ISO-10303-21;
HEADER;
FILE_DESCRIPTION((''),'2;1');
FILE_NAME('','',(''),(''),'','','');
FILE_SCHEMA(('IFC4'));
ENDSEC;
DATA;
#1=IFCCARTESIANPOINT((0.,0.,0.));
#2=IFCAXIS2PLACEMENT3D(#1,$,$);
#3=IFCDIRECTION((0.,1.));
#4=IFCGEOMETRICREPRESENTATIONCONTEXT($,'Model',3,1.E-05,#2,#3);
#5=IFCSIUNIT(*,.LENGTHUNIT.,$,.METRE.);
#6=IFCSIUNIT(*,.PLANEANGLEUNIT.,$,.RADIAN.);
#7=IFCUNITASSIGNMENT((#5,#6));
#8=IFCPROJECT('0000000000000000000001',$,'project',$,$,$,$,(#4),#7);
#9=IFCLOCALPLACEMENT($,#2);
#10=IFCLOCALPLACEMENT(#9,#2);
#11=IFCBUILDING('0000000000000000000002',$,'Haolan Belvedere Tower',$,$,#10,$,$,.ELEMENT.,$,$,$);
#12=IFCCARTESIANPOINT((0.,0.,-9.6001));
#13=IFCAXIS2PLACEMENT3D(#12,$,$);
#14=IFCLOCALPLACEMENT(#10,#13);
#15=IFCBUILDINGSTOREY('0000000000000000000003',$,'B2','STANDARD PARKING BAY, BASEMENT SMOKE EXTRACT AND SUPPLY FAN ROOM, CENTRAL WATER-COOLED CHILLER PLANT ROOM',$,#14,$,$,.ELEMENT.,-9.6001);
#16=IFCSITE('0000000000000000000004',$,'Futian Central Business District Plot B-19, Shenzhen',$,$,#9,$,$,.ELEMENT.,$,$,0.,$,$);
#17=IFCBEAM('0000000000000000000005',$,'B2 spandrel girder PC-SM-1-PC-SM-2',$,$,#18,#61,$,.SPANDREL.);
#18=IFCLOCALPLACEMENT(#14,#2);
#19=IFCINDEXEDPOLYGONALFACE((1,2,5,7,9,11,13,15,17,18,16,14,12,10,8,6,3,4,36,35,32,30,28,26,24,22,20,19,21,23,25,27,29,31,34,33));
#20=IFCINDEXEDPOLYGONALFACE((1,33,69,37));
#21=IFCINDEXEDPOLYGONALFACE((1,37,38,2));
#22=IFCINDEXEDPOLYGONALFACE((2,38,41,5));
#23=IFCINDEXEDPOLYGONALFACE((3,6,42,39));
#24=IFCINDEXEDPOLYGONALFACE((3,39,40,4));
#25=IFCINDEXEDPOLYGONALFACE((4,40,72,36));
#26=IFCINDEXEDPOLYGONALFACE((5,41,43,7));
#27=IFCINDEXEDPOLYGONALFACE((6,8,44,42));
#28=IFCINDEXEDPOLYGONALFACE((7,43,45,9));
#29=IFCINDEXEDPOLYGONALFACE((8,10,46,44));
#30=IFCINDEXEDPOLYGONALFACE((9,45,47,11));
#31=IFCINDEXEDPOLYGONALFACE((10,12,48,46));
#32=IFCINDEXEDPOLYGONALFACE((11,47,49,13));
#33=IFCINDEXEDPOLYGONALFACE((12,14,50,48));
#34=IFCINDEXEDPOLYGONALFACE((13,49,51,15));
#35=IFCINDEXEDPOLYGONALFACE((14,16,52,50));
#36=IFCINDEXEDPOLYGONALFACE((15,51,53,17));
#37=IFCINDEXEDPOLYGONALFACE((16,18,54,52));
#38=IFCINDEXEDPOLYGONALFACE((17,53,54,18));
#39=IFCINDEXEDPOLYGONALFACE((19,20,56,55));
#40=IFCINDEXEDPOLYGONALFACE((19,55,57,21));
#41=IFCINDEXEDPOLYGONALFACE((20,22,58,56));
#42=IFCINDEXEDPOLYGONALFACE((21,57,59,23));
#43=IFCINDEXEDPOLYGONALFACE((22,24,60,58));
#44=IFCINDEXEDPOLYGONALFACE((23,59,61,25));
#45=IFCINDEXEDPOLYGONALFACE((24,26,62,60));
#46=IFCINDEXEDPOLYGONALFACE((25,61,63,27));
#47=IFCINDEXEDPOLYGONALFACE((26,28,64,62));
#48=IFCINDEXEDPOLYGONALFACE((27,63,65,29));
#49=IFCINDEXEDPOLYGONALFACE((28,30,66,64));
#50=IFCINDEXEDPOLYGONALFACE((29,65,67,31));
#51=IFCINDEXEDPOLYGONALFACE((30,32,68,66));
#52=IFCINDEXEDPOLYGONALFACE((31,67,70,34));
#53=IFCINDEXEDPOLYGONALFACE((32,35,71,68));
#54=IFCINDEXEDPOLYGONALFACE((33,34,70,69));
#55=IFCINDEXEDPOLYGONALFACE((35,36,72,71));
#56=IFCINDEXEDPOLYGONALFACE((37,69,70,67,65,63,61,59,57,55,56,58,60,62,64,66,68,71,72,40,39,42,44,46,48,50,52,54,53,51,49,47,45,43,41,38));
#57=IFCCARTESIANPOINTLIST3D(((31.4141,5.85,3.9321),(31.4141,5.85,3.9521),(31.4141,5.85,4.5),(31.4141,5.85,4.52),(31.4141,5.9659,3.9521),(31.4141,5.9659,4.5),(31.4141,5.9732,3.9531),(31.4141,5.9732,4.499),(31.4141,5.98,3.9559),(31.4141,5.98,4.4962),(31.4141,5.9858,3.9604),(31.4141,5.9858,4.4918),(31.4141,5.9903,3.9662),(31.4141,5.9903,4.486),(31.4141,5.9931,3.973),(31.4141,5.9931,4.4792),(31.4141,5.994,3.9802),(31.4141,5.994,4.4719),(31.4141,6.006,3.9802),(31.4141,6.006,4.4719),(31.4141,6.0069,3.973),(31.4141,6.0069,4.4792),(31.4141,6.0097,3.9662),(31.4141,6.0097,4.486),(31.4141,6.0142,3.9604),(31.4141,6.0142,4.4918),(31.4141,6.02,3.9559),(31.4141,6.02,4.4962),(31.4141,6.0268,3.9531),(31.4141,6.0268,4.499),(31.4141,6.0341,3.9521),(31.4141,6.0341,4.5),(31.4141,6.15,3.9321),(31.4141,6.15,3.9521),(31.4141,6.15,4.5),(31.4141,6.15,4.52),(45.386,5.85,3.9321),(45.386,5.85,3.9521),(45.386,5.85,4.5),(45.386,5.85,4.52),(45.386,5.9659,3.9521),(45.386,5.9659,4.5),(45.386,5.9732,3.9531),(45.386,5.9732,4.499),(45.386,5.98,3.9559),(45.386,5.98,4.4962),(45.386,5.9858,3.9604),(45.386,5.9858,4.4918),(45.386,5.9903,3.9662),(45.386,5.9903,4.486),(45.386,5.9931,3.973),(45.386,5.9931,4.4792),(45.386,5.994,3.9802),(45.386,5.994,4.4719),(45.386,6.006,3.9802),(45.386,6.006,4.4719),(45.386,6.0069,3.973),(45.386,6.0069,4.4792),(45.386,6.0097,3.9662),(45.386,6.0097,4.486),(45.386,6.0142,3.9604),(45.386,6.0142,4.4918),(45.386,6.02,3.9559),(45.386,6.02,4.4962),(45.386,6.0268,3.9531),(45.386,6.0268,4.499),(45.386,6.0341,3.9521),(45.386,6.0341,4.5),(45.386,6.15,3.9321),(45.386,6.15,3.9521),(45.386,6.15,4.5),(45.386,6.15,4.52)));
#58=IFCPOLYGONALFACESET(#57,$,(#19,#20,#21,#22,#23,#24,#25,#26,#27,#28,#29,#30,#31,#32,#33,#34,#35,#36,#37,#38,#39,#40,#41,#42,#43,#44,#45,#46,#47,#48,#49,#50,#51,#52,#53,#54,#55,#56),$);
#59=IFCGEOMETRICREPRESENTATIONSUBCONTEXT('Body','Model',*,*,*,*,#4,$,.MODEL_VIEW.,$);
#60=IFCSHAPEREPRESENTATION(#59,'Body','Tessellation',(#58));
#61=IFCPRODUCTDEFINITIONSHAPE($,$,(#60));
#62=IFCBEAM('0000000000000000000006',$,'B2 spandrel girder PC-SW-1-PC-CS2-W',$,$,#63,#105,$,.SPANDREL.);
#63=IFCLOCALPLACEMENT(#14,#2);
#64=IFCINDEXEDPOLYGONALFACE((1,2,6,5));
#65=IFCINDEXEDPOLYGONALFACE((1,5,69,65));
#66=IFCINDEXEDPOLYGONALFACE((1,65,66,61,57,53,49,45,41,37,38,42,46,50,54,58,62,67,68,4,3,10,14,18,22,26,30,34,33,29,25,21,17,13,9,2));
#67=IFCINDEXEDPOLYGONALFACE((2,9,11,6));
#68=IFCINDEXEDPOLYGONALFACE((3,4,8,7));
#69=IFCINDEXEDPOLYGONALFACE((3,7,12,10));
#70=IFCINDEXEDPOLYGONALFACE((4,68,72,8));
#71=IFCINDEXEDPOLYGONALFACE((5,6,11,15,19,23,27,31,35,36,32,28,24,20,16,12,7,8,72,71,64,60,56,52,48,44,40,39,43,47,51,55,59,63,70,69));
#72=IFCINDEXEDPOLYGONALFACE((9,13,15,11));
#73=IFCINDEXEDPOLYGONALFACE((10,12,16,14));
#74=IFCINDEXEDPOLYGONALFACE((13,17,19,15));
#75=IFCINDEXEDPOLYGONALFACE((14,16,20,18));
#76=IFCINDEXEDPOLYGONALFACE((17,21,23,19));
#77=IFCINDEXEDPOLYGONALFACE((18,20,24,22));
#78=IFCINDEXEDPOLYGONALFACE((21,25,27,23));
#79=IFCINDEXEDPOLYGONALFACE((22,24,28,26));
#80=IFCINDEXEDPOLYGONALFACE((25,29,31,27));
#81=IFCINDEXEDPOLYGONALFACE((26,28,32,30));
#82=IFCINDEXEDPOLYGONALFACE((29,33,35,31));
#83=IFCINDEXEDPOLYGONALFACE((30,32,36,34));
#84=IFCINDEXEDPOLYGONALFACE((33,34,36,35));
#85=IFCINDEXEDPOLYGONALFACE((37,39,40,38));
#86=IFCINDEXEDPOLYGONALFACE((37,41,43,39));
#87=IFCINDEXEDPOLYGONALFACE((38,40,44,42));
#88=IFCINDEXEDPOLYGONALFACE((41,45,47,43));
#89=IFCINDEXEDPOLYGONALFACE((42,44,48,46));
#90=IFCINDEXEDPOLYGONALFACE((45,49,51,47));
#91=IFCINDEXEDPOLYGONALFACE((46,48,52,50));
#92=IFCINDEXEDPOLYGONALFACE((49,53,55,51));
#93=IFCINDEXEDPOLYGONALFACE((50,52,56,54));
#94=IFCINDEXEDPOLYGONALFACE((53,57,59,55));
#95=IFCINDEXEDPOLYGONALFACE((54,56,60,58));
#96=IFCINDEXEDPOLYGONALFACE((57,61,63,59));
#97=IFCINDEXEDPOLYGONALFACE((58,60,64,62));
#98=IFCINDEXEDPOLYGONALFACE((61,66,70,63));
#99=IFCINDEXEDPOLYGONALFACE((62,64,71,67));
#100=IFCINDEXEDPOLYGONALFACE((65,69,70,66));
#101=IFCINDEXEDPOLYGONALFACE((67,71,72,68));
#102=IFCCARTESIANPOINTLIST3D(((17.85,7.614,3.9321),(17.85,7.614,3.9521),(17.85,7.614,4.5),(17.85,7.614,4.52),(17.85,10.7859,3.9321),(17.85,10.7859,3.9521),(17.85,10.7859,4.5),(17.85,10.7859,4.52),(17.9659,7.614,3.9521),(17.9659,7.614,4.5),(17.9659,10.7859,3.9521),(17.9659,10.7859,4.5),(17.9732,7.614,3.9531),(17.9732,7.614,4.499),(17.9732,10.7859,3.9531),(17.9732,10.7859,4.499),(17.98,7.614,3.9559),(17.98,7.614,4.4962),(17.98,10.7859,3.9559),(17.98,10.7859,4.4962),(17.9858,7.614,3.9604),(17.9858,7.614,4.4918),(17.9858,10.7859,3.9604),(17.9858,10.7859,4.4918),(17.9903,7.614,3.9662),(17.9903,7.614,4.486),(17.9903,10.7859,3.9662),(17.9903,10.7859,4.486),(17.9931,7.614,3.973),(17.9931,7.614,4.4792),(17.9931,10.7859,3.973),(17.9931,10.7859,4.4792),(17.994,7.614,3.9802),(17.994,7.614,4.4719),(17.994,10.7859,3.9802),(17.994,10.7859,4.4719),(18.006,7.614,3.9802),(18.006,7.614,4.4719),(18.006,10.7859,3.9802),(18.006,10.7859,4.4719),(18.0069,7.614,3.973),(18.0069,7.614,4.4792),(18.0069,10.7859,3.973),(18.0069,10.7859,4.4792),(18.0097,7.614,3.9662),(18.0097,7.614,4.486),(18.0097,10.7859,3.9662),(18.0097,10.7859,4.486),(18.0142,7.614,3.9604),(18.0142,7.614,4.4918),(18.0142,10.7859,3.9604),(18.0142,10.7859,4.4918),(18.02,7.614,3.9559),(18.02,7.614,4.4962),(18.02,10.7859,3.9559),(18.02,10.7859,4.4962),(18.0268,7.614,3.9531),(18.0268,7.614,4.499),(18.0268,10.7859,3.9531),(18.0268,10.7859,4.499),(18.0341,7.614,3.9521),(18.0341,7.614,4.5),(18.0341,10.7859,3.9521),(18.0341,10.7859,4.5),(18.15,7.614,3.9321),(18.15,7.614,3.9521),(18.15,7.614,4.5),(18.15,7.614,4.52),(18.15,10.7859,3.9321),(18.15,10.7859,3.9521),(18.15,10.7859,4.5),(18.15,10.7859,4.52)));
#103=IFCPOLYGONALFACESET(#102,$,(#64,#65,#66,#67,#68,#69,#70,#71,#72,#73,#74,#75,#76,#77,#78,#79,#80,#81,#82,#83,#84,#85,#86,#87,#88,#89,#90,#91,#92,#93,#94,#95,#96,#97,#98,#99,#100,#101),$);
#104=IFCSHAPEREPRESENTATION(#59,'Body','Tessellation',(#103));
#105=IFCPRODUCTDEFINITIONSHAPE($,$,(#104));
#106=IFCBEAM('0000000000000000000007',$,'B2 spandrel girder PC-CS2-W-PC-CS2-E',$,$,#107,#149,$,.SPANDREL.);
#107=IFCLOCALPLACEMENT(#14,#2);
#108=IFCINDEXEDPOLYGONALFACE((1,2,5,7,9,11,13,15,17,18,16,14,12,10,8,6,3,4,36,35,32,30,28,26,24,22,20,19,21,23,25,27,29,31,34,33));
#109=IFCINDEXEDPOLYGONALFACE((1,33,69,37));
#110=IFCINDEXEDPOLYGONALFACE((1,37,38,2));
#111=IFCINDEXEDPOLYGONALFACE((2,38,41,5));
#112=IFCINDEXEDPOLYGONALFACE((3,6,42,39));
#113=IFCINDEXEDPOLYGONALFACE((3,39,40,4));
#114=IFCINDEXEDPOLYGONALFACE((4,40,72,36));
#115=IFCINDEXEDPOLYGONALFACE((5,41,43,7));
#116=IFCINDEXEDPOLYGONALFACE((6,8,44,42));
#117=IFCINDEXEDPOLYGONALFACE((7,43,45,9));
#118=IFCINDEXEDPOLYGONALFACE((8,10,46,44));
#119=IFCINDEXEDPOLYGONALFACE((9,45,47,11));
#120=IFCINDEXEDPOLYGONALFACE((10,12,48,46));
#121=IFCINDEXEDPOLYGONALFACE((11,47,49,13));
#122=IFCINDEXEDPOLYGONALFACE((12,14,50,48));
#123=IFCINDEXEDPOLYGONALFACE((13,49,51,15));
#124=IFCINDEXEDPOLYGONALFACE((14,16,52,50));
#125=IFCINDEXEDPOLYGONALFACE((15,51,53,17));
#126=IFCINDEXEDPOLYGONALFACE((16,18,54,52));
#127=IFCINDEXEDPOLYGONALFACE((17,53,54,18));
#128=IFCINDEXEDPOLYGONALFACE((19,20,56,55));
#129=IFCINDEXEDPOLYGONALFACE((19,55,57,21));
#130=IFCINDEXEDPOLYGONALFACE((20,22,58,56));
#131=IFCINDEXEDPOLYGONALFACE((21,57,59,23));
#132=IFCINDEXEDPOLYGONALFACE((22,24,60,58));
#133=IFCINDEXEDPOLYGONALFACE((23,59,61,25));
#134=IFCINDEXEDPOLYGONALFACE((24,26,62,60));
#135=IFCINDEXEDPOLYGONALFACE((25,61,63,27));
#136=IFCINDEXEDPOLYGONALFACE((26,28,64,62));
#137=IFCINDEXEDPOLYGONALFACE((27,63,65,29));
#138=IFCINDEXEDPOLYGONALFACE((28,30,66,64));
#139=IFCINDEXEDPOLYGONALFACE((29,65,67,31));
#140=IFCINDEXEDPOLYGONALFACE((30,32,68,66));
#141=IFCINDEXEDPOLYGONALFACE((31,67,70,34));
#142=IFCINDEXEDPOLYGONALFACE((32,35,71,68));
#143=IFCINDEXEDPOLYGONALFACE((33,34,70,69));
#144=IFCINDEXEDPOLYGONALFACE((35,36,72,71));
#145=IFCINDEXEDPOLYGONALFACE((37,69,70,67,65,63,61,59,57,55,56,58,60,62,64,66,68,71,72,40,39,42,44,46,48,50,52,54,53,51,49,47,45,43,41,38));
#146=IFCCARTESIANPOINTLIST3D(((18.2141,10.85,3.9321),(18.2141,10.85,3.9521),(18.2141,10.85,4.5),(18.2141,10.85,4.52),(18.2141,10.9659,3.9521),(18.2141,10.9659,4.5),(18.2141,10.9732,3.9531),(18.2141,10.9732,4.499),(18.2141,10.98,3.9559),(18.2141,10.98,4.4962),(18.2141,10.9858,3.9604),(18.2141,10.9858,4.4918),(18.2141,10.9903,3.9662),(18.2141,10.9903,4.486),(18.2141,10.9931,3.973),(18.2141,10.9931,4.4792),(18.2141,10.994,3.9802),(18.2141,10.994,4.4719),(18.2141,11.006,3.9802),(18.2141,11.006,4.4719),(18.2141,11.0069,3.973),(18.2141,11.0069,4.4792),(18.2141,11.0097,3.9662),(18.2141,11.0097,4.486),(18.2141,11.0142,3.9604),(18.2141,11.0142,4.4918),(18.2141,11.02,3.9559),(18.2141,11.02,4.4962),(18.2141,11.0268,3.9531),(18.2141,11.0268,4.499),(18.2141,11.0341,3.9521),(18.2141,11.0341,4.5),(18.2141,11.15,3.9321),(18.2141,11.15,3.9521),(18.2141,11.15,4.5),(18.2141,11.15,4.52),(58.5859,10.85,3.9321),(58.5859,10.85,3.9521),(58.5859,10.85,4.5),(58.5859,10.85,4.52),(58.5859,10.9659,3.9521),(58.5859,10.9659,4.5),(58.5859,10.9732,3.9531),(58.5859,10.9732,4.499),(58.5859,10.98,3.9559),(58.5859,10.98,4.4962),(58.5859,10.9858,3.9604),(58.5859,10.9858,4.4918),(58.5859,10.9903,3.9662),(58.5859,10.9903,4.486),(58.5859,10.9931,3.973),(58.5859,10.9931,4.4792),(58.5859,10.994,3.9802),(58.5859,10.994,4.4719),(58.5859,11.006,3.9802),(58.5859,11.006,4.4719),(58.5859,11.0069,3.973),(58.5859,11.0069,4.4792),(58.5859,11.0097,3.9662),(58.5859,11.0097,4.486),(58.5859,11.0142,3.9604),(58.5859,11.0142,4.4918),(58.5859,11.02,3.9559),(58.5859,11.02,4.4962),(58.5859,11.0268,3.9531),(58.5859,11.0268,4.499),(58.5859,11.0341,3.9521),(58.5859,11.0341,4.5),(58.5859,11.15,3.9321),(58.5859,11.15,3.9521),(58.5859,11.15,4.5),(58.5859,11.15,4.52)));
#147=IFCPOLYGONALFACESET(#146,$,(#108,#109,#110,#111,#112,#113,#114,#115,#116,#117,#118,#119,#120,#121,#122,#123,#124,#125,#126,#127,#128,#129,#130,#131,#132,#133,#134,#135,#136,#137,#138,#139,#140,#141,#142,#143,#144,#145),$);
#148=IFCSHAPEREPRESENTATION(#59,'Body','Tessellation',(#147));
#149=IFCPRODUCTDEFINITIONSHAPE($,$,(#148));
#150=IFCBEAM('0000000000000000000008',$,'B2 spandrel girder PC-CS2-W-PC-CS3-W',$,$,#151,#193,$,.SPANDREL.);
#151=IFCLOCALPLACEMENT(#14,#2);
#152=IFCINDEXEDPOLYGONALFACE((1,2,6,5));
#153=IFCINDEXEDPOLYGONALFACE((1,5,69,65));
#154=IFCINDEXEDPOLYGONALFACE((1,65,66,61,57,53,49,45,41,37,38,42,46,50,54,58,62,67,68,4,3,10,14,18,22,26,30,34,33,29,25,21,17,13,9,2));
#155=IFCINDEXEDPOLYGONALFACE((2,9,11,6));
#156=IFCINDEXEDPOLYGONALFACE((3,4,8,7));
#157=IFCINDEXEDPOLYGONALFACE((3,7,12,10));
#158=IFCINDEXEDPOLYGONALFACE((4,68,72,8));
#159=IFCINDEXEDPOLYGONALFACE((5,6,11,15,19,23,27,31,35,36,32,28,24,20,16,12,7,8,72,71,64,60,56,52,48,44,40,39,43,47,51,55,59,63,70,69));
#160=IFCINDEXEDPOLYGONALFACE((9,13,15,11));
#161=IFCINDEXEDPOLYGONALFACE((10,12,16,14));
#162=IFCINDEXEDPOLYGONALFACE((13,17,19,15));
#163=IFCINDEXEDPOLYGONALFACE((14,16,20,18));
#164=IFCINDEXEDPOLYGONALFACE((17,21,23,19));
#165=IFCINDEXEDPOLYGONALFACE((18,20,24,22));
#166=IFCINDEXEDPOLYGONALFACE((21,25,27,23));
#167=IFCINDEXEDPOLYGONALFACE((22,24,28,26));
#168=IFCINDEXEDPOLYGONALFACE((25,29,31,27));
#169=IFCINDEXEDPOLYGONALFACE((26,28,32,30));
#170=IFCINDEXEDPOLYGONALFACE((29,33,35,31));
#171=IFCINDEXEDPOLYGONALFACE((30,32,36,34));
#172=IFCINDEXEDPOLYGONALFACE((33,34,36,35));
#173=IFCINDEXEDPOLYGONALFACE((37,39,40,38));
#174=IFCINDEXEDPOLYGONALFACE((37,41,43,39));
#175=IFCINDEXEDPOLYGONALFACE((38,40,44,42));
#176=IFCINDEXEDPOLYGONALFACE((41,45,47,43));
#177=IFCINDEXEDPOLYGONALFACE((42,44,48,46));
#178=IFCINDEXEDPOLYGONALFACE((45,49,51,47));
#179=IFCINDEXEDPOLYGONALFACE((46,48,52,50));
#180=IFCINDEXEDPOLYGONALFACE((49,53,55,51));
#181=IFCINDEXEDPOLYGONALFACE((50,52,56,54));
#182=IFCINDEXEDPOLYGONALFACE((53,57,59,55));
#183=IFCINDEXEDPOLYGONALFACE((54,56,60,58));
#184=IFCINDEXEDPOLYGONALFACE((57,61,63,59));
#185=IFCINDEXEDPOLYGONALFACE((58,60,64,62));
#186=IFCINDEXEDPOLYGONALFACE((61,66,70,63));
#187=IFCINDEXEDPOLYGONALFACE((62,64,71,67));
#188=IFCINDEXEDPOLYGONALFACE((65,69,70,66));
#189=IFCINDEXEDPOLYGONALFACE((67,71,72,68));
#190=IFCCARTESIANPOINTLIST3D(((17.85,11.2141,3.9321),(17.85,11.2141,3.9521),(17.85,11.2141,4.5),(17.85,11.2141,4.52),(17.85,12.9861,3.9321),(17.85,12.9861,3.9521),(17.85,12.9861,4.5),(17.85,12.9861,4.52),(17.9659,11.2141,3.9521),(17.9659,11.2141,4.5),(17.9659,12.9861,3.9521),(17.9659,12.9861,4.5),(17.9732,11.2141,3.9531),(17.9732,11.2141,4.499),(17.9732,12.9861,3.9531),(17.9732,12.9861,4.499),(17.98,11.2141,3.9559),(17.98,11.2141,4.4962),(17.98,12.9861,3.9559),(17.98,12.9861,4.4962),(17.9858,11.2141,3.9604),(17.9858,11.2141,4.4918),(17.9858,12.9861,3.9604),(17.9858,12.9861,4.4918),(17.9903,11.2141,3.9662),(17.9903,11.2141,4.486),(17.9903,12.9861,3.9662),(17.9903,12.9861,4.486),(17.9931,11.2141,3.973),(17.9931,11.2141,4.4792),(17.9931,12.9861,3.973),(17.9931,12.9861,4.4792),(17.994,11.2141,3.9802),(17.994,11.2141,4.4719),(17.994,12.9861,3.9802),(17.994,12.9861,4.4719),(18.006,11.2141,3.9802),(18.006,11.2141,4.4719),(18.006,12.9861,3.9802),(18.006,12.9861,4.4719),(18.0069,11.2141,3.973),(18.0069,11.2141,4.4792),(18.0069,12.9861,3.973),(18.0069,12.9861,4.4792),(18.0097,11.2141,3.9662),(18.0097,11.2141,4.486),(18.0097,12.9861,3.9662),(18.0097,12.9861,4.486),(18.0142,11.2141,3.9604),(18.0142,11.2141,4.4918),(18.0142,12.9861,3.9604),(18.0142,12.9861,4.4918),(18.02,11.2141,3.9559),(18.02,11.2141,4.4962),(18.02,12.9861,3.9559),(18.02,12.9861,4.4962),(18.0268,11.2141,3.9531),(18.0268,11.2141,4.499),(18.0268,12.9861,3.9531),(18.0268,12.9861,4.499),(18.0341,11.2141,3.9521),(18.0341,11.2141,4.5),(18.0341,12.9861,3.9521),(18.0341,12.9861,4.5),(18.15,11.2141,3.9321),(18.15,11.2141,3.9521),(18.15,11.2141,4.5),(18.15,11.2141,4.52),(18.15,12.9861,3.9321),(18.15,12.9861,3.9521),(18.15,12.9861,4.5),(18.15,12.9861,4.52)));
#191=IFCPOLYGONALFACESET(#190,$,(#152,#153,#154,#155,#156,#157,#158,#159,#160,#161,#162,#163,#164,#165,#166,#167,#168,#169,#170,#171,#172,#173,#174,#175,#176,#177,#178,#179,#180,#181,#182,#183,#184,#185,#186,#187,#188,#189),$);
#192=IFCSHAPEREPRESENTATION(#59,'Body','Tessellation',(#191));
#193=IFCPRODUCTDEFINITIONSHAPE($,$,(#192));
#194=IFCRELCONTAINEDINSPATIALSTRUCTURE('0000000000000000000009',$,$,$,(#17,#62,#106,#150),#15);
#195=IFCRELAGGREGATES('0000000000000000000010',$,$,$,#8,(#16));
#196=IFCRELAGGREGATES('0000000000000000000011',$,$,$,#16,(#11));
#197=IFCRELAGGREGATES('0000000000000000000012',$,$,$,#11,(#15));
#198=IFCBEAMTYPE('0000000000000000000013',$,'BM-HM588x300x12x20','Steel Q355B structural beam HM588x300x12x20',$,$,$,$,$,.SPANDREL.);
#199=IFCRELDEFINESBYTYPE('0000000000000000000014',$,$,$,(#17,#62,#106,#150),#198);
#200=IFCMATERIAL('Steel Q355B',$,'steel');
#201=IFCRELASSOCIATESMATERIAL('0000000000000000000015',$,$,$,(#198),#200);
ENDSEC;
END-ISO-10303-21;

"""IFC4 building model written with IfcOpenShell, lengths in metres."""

from ifc_helpers import new_model, si_unit, direction, frame, origin, origin_2d, place, context, subcontext, project, spatial, i_section, extrude, material, material_profile, profile_set, type_object, element, save


model = new_model("IFC4")

# Units and contexts
model_context = context("Model", 3, precision=1e-05, world=origin(), true_north=direction((0.0, 1.0)))
body_context = subcontext(model_context, "Body", "Model", "MODEL_VIEW")
ifc_project = project(units=[si_unit("LENGTHUNIT", "METRE"), si_unit("PLANEANGLEUNIT", "RADIAN")], contexts=[model_context])

# Site, building, storey
site_placement = place(None, origin())
site = spatial("IfcSite", under=ifc_project, at=site_placement, Name="Futian Central Business District Plot B-19, Shenzhen", CompositionType="ELEMENT", RefElevation=0.0)
building_placement = place(site_placement, origin())
building = spatial("IfcBuilding", under=site, at=building_placement, Name="Haolan Belvedere Tower", CompositionType="ELEMENT")
storey_placement = place(building_placement, frame((0.0, 0.0, -9.6001)))
storey = spatial("IfcBuildingStorey", under=building, at=storey_placement, Name="B2", Description="STANDARD PARKING BAY, BASEMENT SMOKE EXTRACT AND SUPPLY FAN ROOM, CENTRAL WATER-COOLED CHILLER PLANT ROOM", CompositionType="ELEMENT", Elevation=-9.6001)

# Beams
ifc_material_1 = material(Name="Steel Q355B", Category="steel")
ifc_material_profile_1 = material_profile(ifc_material_1, i_section(OverallWidth=0.3, OverallDepth=0.5879, WebThickness=0.012, FlangeThickness=0.02, FilletRadius=0.0281, at=origin_2d()), Name="Steel Q355B")
ifc_profile_set_1 = profile_set([ifc_material_profile_1], Name="Steel Q355B")
beam_type = type_object("IfcBeamType", Name="BM-HM588x300x12x20", Description="Steel Q355B structural beam HM588x300x12x20", PredefinedType="SPANDREL", material=ifc_profile_set_1)
beam_1_placement = place(storey_placement, frame((31.4141, 6.0, 4.2261), z_axis=(1.0, 0.0, 0.0), x_axis=(0.0, 1.0, 0.0)))
element("IfcBeam", 1, at=beam_1_placement, inside=storey, type_object=beam_type, Name="B2 spandrel girder PC-SM-1-PC-SM-2", PredefinedType="SPANDREL", context=body_context, shape_type="SweptSolid", body=[
    extrude(i_section(OverallWidth=0.3, OverallDepth=0.5879, WebThickness=0.012, FlangeThickness=0.02, FilletRadius=0.0281, at=origin_2d()), origin(), (0.0, 0.0, 1.0), 13.9719),
])
beam_2_placement = place(storey_placement, frame((18.0, 7.614, 4.2261), z_axis=(0.0, 1.0, 0.0), x_axis=(-1.0, 0.0, 0.0)))
element("IfcBeam", 2, at=beam_2_placement, inside=storey, type_object=beam_type, Name="B2 spandrel girder PC-SW-1-PC-CS2-W", PredefinedType="SPANDREL", context=body_context, shape_type="SweptSolid", body=[
    extrude(i_section(OverallWidth=0.3, OverallDepth=0.5879, WebThickness=0.012, FlangeThickness=0.02, FilletRadius=0.0281, at=origin_2d()), origin(), (0.0, 0.0, 1.0), 3.1719),
])
beam_3_placement = place(storey_placement, frame((18.2141, 11.0, 4.2261), z_axis=(1.0, 0.0, 0.0), x_axis=(0.0, 1.0, 0.0)))
element("IfcBeam", 3, at=beam_3_placement, inside=storey, type_object=beam_type, Name="B2 spandrel girder PC-CS2-W-PC-CS2-E", PredefinedType="SPANDREL", context=body_context, shape_type="SweptSolid", body=[
    extrude(i_section(OverallWidth=0.3, OverallDepth=0.5879, WebThickness=0.012, FlangeThickness=0.02, FilletRadius=0.0281, at=origin_2d()), origin(), (0.0, 0.0, 1.0), 40.3718),
])
beam_4_placement = place(storey_placement, frame((18.0, 11.2141, 4.2261), z_axis=(0.0, 1.0, 0.0), x_axis=(-1.0, 0.0, 0.0)))
element("IfcBeam", 4, at=beam_4_placement, inside=storey, type_object=beam_type, Name="B2 spandrel girder PC-CS2-W-PC-CS3-W", PredefinedType="SPANDREL", context=body_context, shape_type="SweptSolid", body=[
    extrude(i_section(OverallWidth=0.3, OverallDepth=0.5879, WebThickness=0.012, FlangeThickness=0.02, FilletRadius=0.0281, at=origin_2d()), origin(), (0.0, 0.0, 1.0), 1.772),
])

save(model, "model.ifc")
